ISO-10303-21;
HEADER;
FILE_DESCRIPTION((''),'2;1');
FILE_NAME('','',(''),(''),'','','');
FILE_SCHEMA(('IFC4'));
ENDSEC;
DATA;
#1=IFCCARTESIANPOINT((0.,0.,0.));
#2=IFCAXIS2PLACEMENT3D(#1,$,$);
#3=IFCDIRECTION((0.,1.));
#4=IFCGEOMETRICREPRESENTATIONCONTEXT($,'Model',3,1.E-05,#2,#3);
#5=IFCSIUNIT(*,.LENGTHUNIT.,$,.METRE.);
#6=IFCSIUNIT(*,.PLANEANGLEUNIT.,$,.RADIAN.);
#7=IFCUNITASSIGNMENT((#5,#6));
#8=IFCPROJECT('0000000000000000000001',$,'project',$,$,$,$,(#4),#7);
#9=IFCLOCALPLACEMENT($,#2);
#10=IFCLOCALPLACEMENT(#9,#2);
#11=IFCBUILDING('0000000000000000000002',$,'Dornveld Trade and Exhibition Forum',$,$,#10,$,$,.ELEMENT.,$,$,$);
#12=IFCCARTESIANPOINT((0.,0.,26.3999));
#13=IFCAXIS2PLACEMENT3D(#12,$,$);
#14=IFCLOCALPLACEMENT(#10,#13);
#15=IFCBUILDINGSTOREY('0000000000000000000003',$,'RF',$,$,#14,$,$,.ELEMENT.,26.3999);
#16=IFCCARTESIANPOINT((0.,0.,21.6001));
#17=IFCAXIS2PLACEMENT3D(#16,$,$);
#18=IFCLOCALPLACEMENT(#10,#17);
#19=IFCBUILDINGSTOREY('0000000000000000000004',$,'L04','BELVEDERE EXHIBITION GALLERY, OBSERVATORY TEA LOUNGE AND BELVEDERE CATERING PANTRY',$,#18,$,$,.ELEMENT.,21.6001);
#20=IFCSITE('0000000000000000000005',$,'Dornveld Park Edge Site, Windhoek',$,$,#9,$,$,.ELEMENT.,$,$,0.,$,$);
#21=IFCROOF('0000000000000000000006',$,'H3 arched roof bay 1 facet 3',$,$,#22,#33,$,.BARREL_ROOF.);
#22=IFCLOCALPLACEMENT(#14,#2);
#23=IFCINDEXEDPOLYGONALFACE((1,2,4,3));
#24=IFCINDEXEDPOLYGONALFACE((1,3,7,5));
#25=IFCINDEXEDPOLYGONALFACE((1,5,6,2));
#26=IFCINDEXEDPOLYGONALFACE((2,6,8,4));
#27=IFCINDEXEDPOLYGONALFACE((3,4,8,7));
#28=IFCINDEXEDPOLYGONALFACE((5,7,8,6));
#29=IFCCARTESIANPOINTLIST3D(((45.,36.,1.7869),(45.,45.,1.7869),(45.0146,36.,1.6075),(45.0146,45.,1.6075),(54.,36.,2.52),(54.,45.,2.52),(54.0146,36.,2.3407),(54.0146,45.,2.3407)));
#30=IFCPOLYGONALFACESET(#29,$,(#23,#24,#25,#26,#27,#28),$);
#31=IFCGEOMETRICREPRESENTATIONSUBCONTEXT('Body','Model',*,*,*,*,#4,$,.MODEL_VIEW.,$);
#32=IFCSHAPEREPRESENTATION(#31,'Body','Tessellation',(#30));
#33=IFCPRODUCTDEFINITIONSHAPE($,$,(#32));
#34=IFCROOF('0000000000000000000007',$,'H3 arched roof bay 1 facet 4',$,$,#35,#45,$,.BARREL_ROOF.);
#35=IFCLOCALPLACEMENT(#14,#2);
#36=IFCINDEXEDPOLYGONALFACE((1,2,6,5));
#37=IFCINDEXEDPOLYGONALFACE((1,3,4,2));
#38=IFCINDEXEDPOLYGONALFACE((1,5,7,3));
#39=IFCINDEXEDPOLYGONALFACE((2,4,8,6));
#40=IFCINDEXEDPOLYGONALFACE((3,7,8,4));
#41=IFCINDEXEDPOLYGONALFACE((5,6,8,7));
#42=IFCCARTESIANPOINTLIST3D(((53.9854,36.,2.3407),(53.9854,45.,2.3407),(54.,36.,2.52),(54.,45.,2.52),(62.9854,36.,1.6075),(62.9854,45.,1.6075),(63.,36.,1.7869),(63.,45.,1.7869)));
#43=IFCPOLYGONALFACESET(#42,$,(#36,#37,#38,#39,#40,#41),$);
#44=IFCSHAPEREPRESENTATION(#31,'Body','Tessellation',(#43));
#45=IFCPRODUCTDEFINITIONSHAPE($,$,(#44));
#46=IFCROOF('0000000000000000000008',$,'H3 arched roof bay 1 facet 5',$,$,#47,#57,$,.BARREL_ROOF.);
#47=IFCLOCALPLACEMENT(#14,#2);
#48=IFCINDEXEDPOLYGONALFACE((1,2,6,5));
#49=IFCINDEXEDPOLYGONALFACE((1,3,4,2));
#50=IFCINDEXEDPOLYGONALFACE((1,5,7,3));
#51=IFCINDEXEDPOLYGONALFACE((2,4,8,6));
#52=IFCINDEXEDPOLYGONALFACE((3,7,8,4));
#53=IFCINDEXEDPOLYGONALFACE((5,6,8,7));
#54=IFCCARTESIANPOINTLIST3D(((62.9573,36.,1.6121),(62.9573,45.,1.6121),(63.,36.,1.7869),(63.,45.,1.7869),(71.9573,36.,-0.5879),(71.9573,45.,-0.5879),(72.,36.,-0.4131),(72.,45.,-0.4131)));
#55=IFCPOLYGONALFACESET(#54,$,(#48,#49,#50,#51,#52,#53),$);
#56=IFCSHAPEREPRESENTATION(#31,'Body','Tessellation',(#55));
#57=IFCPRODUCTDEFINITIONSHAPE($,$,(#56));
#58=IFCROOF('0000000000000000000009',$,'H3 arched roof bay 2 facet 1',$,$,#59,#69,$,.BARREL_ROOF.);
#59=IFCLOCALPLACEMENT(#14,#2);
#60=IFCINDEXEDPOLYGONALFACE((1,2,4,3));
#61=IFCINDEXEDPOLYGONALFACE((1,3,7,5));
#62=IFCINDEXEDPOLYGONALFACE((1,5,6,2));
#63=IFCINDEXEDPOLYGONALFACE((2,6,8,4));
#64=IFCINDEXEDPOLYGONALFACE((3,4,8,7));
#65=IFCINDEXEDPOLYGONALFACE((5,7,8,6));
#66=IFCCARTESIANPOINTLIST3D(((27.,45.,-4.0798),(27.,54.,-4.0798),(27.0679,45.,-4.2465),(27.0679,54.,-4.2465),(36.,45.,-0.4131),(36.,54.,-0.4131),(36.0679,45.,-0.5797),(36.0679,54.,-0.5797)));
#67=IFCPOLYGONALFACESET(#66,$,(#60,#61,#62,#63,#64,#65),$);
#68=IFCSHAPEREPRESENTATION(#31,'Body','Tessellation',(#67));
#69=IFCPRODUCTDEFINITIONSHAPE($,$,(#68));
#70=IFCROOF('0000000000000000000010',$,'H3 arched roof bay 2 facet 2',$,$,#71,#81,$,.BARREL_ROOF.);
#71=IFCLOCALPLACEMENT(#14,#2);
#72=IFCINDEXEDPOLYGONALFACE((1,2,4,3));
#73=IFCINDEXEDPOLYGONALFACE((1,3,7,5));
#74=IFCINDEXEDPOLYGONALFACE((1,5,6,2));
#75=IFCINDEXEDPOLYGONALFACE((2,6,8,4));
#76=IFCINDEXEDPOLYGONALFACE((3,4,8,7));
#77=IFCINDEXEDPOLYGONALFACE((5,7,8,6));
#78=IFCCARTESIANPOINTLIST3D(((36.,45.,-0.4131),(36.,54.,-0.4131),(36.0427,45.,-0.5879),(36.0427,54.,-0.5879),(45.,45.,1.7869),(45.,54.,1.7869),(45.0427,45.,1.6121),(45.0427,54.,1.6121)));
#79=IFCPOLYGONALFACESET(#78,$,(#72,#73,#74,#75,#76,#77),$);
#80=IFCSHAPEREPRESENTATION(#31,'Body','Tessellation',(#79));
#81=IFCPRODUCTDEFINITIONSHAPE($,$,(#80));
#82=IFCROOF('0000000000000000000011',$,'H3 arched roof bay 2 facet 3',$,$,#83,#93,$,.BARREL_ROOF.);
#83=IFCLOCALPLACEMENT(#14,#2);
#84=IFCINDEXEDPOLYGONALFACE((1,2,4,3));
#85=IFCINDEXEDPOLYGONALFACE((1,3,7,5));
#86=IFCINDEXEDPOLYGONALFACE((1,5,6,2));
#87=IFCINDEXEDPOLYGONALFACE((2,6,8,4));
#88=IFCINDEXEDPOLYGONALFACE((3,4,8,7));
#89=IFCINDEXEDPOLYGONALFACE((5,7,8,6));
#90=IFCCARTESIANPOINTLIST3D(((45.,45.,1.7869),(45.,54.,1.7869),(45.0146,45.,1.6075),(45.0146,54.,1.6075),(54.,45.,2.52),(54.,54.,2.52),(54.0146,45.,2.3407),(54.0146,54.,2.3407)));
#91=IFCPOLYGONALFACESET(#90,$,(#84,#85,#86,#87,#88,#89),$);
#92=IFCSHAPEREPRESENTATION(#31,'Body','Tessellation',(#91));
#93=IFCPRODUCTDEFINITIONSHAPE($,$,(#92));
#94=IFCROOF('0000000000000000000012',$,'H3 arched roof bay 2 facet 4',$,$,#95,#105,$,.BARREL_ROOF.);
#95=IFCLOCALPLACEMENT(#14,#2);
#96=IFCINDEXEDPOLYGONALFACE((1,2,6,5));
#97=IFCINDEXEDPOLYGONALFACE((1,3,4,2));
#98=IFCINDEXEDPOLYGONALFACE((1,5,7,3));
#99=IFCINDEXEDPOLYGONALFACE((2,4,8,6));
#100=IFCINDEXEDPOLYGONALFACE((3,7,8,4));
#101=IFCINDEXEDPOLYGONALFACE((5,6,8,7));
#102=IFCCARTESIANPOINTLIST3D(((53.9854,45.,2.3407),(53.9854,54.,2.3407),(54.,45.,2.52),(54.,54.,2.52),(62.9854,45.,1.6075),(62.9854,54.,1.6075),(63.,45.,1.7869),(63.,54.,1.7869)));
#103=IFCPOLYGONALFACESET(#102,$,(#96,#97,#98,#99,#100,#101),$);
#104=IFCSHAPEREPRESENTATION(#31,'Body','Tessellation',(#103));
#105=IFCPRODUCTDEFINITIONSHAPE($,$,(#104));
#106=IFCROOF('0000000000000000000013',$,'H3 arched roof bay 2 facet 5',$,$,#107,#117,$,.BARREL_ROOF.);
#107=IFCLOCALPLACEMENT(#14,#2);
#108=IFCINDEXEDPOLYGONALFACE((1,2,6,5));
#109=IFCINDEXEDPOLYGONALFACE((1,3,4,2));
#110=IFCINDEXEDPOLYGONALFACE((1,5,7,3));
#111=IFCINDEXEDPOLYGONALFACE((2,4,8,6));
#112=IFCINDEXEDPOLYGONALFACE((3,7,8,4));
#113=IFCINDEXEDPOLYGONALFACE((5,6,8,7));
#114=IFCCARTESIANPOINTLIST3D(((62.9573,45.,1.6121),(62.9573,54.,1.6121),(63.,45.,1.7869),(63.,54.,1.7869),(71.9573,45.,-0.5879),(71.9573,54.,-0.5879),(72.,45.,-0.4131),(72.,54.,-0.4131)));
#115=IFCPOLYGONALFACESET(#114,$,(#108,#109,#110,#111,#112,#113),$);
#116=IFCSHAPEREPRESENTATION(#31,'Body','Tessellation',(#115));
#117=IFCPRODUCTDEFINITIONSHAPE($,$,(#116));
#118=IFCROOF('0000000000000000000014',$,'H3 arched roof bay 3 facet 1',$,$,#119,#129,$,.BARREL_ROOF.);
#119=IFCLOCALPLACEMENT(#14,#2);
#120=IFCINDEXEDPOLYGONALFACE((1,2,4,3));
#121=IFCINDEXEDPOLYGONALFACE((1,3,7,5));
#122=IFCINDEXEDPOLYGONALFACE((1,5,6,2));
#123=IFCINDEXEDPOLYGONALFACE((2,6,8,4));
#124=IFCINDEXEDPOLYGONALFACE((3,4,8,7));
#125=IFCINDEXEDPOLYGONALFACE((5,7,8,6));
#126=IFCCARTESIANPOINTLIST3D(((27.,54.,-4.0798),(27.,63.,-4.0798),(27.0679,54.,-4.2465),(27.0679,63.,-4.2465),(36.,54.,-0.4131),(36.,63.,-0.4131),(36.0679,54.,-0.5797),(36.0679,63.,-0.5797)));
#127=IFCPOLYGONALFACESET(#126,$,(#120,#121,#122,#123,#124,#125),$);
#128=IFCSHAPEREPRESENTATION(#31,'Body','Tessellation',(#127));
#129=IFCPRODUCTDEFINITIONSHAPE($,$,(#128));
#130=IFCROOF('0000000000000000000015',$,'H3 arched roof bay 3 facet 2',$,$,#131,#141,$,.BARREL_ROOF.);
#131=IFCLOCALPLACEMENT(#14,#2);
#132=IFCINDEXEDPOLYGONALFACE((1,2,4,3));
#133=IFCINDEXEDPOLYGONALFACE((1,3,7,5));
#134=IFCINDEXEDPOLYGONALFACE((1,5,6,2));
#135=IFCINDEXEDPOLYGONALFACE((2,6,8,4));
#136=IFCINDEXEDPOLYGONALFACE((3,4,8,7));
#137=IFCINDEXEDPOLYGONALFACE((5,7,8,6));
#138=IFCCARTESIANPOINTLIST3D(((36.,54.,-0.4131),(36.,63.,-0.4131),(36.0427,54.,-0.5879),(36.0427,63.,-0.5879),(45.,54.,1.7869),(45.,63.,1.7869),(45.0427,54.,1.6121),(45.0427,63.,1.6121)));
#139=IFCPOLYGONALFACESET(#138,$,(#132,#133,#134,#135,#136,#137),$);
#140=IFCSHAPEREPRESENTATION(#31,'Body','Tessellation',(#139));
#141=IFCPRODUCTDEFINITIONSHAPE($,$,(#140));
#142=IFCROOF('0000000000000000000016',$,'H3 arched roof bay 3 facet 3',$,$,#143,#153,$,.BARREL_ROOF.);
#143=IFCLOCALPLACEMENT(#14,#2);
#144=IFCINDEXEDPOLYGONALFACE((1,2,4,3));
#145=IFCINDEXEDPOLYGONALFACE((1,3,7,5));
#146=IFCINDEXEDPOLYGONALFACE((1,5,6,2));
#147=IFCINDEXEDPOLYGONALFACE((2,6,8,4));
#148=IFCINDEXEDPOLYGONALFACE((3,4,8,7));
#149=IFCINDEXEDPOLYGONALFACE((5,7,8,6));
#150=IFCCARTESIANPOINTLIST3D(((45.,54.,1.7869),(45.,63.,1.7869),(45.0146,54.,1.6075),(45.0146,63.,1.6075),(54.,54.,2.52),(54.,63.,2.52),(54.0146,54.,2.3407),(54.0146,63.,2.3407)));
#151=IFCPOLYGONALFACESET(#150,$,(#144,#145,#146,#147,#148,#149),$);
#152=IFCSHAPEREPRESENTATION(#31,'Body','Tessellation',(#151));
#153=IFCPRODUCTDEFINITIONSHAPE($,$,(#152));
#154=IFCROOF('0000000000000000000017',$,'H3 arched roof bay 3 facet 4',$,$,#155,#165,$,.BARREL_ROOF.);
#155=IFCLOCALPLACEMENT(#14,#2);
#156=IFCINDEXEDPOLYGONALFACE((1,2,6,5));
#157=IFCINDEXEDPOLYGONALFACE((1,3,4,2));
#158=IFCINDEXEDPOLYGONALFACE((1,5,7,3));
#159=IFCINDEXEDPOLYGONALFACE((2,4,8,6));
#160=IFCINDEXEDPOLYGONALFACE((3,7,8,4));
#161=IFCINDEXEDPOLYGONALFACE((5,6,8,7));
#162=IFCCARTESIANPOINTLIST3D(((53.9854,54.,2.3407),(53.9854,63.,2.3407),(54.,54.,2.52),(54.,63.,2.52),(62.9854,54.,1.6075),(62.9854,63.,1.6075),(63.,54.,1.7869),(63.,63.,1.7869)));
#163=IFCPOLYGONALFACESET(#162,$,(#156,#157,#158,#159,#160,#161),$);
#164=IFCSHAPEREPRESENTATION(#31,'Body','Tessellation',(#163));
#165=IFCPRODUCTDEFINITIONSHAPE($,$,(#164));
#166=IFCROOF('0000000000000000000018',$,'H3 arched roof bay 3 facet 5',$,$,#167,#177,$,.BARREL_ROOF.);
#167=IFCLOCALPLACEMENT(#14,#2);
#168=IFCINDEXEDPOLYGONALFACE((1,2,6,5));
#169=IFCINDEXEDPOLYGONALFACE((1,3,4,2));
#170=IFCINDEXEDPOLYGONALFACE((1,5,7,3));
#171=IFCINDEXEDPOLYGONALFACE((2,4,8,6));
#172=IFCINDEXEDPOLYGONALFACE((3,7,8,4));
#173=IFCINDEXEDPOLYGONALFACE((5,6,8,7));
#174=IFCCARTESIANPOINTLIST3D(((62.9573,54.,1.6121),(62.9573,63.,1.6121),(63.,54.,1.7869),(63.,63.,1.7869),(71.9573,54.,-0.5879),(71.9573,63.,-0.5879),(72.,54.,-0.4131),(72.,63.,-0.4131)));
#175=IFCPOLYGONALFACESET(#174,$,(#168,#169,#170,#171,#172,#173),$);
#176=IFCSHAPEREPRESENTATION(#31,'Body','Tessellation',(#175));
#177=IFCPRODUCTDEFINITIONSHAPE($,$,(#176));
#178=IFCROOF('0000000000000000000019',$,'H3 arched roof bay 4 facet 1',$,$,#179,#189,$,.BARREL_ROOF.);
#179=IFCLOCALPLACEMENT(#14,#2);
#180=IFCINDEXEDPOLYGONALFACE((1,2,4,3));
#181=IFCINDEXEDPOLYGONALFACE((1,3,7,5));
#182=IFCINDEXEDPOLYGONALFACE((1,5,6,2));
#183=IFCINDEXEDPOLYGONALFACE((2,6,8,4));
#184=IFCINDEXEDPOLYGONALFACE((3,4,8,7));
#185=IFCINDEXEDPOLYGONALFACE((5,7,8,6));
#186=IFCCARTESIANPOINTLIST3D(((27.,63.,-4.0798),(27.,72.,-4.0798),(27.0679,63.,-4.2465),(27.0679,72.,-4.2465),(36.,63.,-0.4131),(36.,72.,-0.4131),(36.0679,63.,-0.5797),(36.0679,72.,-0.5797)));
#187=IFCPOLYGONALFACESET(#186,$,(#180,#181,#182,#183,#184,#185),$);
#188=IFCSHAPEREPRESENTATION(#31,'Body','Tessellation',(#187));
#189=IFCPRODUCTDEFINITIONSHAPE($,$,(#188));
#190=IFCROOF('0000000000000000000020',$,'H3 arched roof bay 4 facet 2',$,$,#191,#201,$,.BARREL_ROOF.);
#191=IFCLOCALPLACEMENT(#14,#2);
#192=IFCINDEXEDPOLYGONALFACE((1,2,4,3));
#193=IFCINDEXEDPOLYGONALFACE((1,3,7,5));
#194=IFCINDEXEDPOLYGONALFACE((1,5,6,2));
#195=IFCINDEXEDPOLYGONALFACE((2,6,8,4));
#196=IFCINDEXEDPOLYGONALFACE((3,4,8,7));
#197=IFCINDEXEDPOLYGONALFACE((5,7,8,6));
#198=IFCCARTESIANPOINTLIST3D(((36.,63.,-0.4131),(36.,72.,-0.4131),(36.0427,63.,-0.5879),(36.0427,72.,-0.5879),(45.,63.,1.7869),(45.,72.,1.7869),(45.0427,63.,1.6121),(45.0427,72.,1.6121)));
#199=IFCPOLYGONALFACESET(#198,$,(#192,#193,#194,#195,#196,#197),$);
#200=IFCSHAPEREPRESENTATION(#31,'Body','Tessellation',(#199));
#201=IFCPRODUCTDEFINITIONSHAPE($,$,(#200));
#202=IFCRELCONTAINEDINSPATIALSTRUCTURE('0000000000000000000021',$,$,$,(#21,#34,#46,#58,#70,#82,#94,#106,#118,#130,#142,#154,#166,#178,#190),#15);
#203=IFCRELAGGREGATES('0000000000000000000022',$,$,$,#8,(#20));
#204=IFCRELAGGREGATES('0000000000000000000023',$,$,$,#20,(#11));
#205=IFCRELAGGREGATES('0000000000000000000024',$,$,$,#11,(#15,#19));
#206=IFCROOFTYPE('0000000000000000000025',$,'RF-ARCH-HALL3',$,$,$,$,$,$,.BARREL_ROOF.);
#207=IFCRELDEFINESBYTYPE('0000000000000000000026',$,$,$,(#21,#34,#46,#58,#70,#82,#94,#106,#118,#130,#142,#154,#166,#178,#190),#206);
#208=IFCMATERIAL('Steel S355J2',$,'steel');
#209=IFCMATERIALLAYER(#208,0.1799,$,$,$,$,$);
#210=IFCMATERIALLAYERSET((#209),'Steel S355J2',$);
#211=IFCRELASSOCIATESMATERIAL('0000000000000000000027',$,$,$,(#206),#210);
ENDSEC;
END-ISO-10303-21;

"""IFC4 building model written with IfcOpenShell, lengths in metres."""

from ifc_helpers import new_model, si_unit, direction, frame, origin, place, context, subcontext, project, spatial, polyline, outline, extrude, material, layer, layer_set, type_object, element, save


model = new_model("IFC4")

# Units and contexts
model_context = context("Model", 3, precision=1e-05, world=origin(), true_north=direction((0.0, 1.0)))
body_context = subcontext(model_context, "Body", "Model", "MODEL_VIEW")
ifc_project = project(units=[si_unit("LENGTHUNIT", "METRE"), si_unit("PLANEANGLEUNIT", "RADIAN")], contexts=[model_context])

# Site, building, storey
site_placement = place(None, origin())
site = spatial("IfcSite", under=ifc_project, at=site_placement, Name="Dornveld Park Edge Site, Windhoek", CompositionType="ELEMENT", RefElevation=0.0)
building_placement = place(site_placement, origin())
building = spatial("IfcBuilding", under=site, at=building_placement, Name="Dornveld Trade and Exhibition Forum", CompositionType="ELEMENT")
storey_1_placement = place(building_placement, frame((0.0, 0.0, 26.3999)))
storey_1 = spatial("IfcBuildingStorey", under=building, at=storey_1_placement, Name="RF", CompositionType="ELEMENT", Elevation=26.3999)

# Shared definitions
storey_2_placement = place(building_placement, frame((0.0, 0.0, 21.6001)))
storey_2 = spatial("IfcBuildingStorey", under=building, at=storey_2_placement, Name="L04", Description="BELVEDERE EXHIBITION GALLERY, OBSERVATORY TEA LOUNGE AND BELVEDERE CATERING PANTRY", CompositionType="ELEMENT", Elevation=21.6001)

# Roofs
ifc_material_1 = material(Name="Steel S355J2", Category="steel")
ifc_layer_1 = layer(ifc_material_1, 0.1799)
ifc_layer_set_1 = layer_set([ifc_layer_1], Name="Steel S355J2")
roof_type = type_object("IfcRoofType", Name="RF-ARCH-HALL3", PredefinedType="BARREL_ROOF", material=ifc_layer_set_1)
for number, where, z_axis, x_axis, name in (
    (1, (45.0, 36.0, 1.7869), (-0.081193, 0.0, 0.996698), (0.996698, 0.0, 0.081193), "H3 arched roof bay 1 facet 3"),
    (2, (54.0, 36.0, 2.52), (0.081193, 0.0, 0.996698), (0.996698, 0.0, -0.081193), "H3 arched roof bay 1 facet 4"),
):
    element("IfcRoof", number, at=place(storey_1_placement, frame(where, z_axis=z_axis, x_axis=x_axis)), inside=storey_1, type_object=roof_type, Name=name, PredefinedType="BARREL_ROOF", context=body_context, shape_type="SweptSolid", body=[
        extrude(outline(polyline([(0.0, 0.0), (9.0298, 0.0), (9.0298, 9.0), (0.0, 9.0), (0.0, 0.0)])), origin(), (0.0, 0.0, -1.0), 0.1799),
    ])
roof_1_placement = place(storey_1_placement, frame((63.0, 36.0, 1.7869), z_axis=(0.237448, 0.0, 0.9714), x_axis=(0.9714, 0.0, -0.237448)))
element("IfcRoof", 3, at=roof_1_placement, inside=storey_1, type_object=roof_type, Name="H3 arched roof bay 1 facet 5", PredefinedType="BARREL_ROOF", context=body_context, shape_type="SweptSolid", body=[
    extrude(outline(polyline([(0.0, 0.0), (9.265, 0.0), (9.265, 9.0), (0.0, 9.0), (0.0, 0.0)])), origin(), (0.0, 0.0, -1.0), 0.1799),
])
roof_2_placement = place(storey_1_placement, frame((27.0, 45.0, -4.0798), z_axis=(-0.377304, 0.0, 0.926089), x_axis=(0.926089, 0.0, 0.377304)))
element("IfcRoof", 4, at=roof_2_placement, inside=storey_1, type_object=roof_type, Name="H3 arched roof bay 2 facet 1", PredefinedType="BARREL_ROOF", context=body_context, shape_type="SweptSolid", body=[
    extrude(outline(polyline([(0.0, 0.0), (9.7183, 0.0), (9.7183, 9.0), (0.0, 9.0), (0.0, 0.0)])), origin(), (0.0, 0.0, -1.0), 0.1799),
])
roof_3_placement = place(storey_1_placement, frame((36.0, 45.0, -0.4131), z_axis=(-0.237448, 0.0, 0.9714), x_axis=(0.9714, 0.0, 0.237448)))
element("IfcRoof", 5, at=roof_3_placement, inside=storey_1, type_object=roof_type, Name="H3 arched roof bay 2 facet 2", PredefinedType="BARREL_ROOF", context=body_context, shape_type="SweptSolid", body=[
    extrude(outline(polyline([(0.0, 0.0), (9.265, 0.0), (9.265, 9.0), (0.0, 9.0), (0.0, 0.0)])), origin(), (0.0, 0.0, -1.0), 0.1799),
])
for number, where, z_axis, x_axis, name in (
    (6, (45.0, 45.0, 1.7869), (-0.081193, 0.0, 0.996698), (0.996698, 0.0, 0.081193), "H3 arched roof bay 2 facet 3"),
    (7, (54.0, 45.0, 2.52), (0.081193, 0.0, 0.996698), (0.996698, 0.0, -0.081193), "H3 arched roof bay 2 facet 4"),
):
    element("IfcRoof", number, at=place(storey_1_placement, frame(where, z_axis=z_axis, x_axis=x_axis)), inside=storey_1, type_object=roof_type, Name=name, PredefinedType="BARREL_ROOF", context=body_context, shape_type="SweptSolid", body=[
        extrude(outline(polyline([(0.0, 0.0), (9.0298, 0.0), (9.0298, 9.0), (0.0, 9.0), (0.0, 0.0)])), origin(), (0.0, 0.0, -1.0), 0.1799),
    ])
roof_4_placement = place(storey_1_placement, frame((63.0, 45.0, 1.7869), z_axis=(0.237448, 0.0, 0.9714), x_axis=(0.9714, 0.0, -0.237448)))
element("IfcRoof", 8, at=roof_4_placement, inside=storey_1, type_object=roof_type, Name="H3 arched roof bay 2 facet 5", PredefinedType="BARREL_ROOF", context=body_context, shape_type="SweptSolid", body=[
    extrude(outline(polyline([(0.0, 0.0), (9.265, 0.0), (9.265, 9.0), (0.0, 9.0), (0.0, 0.0)])), origin(), (0.0, 0.0, -1.0), 0.1799),
])
roof_5_placement = place(storey_1_placement, frame((27.0, 54.0, -4.0798), z_axis=(-0.377304, 0.0, 0.926089), x_axis=(0.926089, 0.0, 0.377304)))
element("IfcRoof", 9, at=roof_5_placement, inside=storey_1, type_object=roof_type, Name="H3 arched roof bay 3 facet 1", PredefinedType="BARREL_ROOF", context=body_context, shape_type="SweptSolid", body=[
    extrude(outline(polyline([(0.0, 0.0), (9.7183, 0.0), (9.7183, 9.0), (0.0, 9.0), (0.0, 0.0)])), origin(), (0.0, 0.0, -1.0), 0.1799),
])
roof_6_placement = place(storey_1_placement, frame((36.0, 54.0, -0.4131), z_axis=(-0.237448, 0.0, 0.9714), x_axis=(0.9714, 0.0, 0.237448)))
element("IfcRoof", 10, at=roof_6_placement, inside=storey_1, type_object=roof_type, Name="H3 arched roof bay 3 facet 2", PredefinedType="BARREL_ROOF", context=body_context, shape_type="SweptSolid", body=[
    extrude(outline(polyline([(0.0, 0.0), (9.265, 0.0), (9.265, 9.0), (0.0, 9.0), (0.0, 0.0)])), origin(), (0.0, 0.0, -1.0), 0.1799),
])
for number, where, z_axis, x_axis, name in (
    (11, (45.0, 54.0, 1.7869), (-0.081193, 0.0, 0.996698), (0.996698, 0.0, 0.081193), "H3 arched roof bay 3 facet 3"),
    (12, (54.0, 54.0, 2.52), (0.081193, 0.0, 0.996698), (0.996698, 0.0, -0.081193), "H3 arched roof bay 3 facet 4"),
):
    element("IfcRoof", number, at=place(storey_1_placement, frame(where, z_axis=z_axis, x_axis=x_axis)), inside=storey_1, type_object=roof_type, Name=name, PredefinedType="BARREL_ROOF", context=body_context, shape_type="SweptSolid", body=[
        extrude(outline(polyline([(0.0, 0.0), (9.0298, 0.0), (9.0298, 9.0), (0.0, 9.0), (0.0, 0.0)])), origin(), (0.0, 0.0, -1.0), 0.1799),
    ])
roof_7_placement = place(storey_1_placement, frame((63.0, 54.0, 1.7869), z_axis=(0.237448, 0.0, 0.9714), x_axis=(0.9714, 0.0, -0.237448)))
element("IfcRoof", 13, at=roof_7_placement, inside=storey_1, type_object=roof_type, Name="H3 arched roof bay 3 facet 5", PredefinedType="BARREL_ROOF", context=body_context, shape_type="SweptSolid", body=[
    extrude(outline(polyline([(0.0, 0.0), (9.265, 0.0), (9.265, 9.0), (0.0, 9.0), (0.0, 0.0)])), origin(), (0.0, 0.0, -1.0), 0.1799),
])
roof_8_placement = place(storey_1_placement, frame((27.0, 63.0, -4.0798), z_axis=(-0.377304, 0.0, 0.926089), x_axis=(0.926089, 0.0, 0.377304)))
element("IfcRoof", 14, at=roof_8_placement, inside=storey_1, type_object=roof_type, Name="H3 arched roof bay 4 facet 1", PredefinedType="BARREL_ROOF", context=body_context, shape_type="SweptSolid", body=[
    extrude(outline(polyline([(0.0, 0.0), (9.7183, 0.0), (9.7183, 9.0), (0.0, 9.0), (0.0, 0.0)])), origin(), (0.0, 0.0, -1.0), 0.1799),
])
roof_9_placement = place(storey_1_placement, frame((36.0, 63.0, -0.4131), z_axis=(-0.237448, 0.0, 0.9714), x_axis=(0.9714, 0.0, 0.237448)))
element("IfcRoof", 15, at=roof_9_placement, inside=storey_1, type_object=roof_type, Name="H3 arched roof bay 4 facet 2", PredefinedType="BARREL_ROOF", context=body_context, shape_type="SweptSolid", body=[
    extrude(outline(polyline([(0.0, 0.0), (9.265, 0.0), (9.265, 9.0), (0.0, 9.0), (0.0, 0.0)])), origin(), (0.0, 0.0, -1.0), 0.1799),
])

save(model, "model.ifc")
